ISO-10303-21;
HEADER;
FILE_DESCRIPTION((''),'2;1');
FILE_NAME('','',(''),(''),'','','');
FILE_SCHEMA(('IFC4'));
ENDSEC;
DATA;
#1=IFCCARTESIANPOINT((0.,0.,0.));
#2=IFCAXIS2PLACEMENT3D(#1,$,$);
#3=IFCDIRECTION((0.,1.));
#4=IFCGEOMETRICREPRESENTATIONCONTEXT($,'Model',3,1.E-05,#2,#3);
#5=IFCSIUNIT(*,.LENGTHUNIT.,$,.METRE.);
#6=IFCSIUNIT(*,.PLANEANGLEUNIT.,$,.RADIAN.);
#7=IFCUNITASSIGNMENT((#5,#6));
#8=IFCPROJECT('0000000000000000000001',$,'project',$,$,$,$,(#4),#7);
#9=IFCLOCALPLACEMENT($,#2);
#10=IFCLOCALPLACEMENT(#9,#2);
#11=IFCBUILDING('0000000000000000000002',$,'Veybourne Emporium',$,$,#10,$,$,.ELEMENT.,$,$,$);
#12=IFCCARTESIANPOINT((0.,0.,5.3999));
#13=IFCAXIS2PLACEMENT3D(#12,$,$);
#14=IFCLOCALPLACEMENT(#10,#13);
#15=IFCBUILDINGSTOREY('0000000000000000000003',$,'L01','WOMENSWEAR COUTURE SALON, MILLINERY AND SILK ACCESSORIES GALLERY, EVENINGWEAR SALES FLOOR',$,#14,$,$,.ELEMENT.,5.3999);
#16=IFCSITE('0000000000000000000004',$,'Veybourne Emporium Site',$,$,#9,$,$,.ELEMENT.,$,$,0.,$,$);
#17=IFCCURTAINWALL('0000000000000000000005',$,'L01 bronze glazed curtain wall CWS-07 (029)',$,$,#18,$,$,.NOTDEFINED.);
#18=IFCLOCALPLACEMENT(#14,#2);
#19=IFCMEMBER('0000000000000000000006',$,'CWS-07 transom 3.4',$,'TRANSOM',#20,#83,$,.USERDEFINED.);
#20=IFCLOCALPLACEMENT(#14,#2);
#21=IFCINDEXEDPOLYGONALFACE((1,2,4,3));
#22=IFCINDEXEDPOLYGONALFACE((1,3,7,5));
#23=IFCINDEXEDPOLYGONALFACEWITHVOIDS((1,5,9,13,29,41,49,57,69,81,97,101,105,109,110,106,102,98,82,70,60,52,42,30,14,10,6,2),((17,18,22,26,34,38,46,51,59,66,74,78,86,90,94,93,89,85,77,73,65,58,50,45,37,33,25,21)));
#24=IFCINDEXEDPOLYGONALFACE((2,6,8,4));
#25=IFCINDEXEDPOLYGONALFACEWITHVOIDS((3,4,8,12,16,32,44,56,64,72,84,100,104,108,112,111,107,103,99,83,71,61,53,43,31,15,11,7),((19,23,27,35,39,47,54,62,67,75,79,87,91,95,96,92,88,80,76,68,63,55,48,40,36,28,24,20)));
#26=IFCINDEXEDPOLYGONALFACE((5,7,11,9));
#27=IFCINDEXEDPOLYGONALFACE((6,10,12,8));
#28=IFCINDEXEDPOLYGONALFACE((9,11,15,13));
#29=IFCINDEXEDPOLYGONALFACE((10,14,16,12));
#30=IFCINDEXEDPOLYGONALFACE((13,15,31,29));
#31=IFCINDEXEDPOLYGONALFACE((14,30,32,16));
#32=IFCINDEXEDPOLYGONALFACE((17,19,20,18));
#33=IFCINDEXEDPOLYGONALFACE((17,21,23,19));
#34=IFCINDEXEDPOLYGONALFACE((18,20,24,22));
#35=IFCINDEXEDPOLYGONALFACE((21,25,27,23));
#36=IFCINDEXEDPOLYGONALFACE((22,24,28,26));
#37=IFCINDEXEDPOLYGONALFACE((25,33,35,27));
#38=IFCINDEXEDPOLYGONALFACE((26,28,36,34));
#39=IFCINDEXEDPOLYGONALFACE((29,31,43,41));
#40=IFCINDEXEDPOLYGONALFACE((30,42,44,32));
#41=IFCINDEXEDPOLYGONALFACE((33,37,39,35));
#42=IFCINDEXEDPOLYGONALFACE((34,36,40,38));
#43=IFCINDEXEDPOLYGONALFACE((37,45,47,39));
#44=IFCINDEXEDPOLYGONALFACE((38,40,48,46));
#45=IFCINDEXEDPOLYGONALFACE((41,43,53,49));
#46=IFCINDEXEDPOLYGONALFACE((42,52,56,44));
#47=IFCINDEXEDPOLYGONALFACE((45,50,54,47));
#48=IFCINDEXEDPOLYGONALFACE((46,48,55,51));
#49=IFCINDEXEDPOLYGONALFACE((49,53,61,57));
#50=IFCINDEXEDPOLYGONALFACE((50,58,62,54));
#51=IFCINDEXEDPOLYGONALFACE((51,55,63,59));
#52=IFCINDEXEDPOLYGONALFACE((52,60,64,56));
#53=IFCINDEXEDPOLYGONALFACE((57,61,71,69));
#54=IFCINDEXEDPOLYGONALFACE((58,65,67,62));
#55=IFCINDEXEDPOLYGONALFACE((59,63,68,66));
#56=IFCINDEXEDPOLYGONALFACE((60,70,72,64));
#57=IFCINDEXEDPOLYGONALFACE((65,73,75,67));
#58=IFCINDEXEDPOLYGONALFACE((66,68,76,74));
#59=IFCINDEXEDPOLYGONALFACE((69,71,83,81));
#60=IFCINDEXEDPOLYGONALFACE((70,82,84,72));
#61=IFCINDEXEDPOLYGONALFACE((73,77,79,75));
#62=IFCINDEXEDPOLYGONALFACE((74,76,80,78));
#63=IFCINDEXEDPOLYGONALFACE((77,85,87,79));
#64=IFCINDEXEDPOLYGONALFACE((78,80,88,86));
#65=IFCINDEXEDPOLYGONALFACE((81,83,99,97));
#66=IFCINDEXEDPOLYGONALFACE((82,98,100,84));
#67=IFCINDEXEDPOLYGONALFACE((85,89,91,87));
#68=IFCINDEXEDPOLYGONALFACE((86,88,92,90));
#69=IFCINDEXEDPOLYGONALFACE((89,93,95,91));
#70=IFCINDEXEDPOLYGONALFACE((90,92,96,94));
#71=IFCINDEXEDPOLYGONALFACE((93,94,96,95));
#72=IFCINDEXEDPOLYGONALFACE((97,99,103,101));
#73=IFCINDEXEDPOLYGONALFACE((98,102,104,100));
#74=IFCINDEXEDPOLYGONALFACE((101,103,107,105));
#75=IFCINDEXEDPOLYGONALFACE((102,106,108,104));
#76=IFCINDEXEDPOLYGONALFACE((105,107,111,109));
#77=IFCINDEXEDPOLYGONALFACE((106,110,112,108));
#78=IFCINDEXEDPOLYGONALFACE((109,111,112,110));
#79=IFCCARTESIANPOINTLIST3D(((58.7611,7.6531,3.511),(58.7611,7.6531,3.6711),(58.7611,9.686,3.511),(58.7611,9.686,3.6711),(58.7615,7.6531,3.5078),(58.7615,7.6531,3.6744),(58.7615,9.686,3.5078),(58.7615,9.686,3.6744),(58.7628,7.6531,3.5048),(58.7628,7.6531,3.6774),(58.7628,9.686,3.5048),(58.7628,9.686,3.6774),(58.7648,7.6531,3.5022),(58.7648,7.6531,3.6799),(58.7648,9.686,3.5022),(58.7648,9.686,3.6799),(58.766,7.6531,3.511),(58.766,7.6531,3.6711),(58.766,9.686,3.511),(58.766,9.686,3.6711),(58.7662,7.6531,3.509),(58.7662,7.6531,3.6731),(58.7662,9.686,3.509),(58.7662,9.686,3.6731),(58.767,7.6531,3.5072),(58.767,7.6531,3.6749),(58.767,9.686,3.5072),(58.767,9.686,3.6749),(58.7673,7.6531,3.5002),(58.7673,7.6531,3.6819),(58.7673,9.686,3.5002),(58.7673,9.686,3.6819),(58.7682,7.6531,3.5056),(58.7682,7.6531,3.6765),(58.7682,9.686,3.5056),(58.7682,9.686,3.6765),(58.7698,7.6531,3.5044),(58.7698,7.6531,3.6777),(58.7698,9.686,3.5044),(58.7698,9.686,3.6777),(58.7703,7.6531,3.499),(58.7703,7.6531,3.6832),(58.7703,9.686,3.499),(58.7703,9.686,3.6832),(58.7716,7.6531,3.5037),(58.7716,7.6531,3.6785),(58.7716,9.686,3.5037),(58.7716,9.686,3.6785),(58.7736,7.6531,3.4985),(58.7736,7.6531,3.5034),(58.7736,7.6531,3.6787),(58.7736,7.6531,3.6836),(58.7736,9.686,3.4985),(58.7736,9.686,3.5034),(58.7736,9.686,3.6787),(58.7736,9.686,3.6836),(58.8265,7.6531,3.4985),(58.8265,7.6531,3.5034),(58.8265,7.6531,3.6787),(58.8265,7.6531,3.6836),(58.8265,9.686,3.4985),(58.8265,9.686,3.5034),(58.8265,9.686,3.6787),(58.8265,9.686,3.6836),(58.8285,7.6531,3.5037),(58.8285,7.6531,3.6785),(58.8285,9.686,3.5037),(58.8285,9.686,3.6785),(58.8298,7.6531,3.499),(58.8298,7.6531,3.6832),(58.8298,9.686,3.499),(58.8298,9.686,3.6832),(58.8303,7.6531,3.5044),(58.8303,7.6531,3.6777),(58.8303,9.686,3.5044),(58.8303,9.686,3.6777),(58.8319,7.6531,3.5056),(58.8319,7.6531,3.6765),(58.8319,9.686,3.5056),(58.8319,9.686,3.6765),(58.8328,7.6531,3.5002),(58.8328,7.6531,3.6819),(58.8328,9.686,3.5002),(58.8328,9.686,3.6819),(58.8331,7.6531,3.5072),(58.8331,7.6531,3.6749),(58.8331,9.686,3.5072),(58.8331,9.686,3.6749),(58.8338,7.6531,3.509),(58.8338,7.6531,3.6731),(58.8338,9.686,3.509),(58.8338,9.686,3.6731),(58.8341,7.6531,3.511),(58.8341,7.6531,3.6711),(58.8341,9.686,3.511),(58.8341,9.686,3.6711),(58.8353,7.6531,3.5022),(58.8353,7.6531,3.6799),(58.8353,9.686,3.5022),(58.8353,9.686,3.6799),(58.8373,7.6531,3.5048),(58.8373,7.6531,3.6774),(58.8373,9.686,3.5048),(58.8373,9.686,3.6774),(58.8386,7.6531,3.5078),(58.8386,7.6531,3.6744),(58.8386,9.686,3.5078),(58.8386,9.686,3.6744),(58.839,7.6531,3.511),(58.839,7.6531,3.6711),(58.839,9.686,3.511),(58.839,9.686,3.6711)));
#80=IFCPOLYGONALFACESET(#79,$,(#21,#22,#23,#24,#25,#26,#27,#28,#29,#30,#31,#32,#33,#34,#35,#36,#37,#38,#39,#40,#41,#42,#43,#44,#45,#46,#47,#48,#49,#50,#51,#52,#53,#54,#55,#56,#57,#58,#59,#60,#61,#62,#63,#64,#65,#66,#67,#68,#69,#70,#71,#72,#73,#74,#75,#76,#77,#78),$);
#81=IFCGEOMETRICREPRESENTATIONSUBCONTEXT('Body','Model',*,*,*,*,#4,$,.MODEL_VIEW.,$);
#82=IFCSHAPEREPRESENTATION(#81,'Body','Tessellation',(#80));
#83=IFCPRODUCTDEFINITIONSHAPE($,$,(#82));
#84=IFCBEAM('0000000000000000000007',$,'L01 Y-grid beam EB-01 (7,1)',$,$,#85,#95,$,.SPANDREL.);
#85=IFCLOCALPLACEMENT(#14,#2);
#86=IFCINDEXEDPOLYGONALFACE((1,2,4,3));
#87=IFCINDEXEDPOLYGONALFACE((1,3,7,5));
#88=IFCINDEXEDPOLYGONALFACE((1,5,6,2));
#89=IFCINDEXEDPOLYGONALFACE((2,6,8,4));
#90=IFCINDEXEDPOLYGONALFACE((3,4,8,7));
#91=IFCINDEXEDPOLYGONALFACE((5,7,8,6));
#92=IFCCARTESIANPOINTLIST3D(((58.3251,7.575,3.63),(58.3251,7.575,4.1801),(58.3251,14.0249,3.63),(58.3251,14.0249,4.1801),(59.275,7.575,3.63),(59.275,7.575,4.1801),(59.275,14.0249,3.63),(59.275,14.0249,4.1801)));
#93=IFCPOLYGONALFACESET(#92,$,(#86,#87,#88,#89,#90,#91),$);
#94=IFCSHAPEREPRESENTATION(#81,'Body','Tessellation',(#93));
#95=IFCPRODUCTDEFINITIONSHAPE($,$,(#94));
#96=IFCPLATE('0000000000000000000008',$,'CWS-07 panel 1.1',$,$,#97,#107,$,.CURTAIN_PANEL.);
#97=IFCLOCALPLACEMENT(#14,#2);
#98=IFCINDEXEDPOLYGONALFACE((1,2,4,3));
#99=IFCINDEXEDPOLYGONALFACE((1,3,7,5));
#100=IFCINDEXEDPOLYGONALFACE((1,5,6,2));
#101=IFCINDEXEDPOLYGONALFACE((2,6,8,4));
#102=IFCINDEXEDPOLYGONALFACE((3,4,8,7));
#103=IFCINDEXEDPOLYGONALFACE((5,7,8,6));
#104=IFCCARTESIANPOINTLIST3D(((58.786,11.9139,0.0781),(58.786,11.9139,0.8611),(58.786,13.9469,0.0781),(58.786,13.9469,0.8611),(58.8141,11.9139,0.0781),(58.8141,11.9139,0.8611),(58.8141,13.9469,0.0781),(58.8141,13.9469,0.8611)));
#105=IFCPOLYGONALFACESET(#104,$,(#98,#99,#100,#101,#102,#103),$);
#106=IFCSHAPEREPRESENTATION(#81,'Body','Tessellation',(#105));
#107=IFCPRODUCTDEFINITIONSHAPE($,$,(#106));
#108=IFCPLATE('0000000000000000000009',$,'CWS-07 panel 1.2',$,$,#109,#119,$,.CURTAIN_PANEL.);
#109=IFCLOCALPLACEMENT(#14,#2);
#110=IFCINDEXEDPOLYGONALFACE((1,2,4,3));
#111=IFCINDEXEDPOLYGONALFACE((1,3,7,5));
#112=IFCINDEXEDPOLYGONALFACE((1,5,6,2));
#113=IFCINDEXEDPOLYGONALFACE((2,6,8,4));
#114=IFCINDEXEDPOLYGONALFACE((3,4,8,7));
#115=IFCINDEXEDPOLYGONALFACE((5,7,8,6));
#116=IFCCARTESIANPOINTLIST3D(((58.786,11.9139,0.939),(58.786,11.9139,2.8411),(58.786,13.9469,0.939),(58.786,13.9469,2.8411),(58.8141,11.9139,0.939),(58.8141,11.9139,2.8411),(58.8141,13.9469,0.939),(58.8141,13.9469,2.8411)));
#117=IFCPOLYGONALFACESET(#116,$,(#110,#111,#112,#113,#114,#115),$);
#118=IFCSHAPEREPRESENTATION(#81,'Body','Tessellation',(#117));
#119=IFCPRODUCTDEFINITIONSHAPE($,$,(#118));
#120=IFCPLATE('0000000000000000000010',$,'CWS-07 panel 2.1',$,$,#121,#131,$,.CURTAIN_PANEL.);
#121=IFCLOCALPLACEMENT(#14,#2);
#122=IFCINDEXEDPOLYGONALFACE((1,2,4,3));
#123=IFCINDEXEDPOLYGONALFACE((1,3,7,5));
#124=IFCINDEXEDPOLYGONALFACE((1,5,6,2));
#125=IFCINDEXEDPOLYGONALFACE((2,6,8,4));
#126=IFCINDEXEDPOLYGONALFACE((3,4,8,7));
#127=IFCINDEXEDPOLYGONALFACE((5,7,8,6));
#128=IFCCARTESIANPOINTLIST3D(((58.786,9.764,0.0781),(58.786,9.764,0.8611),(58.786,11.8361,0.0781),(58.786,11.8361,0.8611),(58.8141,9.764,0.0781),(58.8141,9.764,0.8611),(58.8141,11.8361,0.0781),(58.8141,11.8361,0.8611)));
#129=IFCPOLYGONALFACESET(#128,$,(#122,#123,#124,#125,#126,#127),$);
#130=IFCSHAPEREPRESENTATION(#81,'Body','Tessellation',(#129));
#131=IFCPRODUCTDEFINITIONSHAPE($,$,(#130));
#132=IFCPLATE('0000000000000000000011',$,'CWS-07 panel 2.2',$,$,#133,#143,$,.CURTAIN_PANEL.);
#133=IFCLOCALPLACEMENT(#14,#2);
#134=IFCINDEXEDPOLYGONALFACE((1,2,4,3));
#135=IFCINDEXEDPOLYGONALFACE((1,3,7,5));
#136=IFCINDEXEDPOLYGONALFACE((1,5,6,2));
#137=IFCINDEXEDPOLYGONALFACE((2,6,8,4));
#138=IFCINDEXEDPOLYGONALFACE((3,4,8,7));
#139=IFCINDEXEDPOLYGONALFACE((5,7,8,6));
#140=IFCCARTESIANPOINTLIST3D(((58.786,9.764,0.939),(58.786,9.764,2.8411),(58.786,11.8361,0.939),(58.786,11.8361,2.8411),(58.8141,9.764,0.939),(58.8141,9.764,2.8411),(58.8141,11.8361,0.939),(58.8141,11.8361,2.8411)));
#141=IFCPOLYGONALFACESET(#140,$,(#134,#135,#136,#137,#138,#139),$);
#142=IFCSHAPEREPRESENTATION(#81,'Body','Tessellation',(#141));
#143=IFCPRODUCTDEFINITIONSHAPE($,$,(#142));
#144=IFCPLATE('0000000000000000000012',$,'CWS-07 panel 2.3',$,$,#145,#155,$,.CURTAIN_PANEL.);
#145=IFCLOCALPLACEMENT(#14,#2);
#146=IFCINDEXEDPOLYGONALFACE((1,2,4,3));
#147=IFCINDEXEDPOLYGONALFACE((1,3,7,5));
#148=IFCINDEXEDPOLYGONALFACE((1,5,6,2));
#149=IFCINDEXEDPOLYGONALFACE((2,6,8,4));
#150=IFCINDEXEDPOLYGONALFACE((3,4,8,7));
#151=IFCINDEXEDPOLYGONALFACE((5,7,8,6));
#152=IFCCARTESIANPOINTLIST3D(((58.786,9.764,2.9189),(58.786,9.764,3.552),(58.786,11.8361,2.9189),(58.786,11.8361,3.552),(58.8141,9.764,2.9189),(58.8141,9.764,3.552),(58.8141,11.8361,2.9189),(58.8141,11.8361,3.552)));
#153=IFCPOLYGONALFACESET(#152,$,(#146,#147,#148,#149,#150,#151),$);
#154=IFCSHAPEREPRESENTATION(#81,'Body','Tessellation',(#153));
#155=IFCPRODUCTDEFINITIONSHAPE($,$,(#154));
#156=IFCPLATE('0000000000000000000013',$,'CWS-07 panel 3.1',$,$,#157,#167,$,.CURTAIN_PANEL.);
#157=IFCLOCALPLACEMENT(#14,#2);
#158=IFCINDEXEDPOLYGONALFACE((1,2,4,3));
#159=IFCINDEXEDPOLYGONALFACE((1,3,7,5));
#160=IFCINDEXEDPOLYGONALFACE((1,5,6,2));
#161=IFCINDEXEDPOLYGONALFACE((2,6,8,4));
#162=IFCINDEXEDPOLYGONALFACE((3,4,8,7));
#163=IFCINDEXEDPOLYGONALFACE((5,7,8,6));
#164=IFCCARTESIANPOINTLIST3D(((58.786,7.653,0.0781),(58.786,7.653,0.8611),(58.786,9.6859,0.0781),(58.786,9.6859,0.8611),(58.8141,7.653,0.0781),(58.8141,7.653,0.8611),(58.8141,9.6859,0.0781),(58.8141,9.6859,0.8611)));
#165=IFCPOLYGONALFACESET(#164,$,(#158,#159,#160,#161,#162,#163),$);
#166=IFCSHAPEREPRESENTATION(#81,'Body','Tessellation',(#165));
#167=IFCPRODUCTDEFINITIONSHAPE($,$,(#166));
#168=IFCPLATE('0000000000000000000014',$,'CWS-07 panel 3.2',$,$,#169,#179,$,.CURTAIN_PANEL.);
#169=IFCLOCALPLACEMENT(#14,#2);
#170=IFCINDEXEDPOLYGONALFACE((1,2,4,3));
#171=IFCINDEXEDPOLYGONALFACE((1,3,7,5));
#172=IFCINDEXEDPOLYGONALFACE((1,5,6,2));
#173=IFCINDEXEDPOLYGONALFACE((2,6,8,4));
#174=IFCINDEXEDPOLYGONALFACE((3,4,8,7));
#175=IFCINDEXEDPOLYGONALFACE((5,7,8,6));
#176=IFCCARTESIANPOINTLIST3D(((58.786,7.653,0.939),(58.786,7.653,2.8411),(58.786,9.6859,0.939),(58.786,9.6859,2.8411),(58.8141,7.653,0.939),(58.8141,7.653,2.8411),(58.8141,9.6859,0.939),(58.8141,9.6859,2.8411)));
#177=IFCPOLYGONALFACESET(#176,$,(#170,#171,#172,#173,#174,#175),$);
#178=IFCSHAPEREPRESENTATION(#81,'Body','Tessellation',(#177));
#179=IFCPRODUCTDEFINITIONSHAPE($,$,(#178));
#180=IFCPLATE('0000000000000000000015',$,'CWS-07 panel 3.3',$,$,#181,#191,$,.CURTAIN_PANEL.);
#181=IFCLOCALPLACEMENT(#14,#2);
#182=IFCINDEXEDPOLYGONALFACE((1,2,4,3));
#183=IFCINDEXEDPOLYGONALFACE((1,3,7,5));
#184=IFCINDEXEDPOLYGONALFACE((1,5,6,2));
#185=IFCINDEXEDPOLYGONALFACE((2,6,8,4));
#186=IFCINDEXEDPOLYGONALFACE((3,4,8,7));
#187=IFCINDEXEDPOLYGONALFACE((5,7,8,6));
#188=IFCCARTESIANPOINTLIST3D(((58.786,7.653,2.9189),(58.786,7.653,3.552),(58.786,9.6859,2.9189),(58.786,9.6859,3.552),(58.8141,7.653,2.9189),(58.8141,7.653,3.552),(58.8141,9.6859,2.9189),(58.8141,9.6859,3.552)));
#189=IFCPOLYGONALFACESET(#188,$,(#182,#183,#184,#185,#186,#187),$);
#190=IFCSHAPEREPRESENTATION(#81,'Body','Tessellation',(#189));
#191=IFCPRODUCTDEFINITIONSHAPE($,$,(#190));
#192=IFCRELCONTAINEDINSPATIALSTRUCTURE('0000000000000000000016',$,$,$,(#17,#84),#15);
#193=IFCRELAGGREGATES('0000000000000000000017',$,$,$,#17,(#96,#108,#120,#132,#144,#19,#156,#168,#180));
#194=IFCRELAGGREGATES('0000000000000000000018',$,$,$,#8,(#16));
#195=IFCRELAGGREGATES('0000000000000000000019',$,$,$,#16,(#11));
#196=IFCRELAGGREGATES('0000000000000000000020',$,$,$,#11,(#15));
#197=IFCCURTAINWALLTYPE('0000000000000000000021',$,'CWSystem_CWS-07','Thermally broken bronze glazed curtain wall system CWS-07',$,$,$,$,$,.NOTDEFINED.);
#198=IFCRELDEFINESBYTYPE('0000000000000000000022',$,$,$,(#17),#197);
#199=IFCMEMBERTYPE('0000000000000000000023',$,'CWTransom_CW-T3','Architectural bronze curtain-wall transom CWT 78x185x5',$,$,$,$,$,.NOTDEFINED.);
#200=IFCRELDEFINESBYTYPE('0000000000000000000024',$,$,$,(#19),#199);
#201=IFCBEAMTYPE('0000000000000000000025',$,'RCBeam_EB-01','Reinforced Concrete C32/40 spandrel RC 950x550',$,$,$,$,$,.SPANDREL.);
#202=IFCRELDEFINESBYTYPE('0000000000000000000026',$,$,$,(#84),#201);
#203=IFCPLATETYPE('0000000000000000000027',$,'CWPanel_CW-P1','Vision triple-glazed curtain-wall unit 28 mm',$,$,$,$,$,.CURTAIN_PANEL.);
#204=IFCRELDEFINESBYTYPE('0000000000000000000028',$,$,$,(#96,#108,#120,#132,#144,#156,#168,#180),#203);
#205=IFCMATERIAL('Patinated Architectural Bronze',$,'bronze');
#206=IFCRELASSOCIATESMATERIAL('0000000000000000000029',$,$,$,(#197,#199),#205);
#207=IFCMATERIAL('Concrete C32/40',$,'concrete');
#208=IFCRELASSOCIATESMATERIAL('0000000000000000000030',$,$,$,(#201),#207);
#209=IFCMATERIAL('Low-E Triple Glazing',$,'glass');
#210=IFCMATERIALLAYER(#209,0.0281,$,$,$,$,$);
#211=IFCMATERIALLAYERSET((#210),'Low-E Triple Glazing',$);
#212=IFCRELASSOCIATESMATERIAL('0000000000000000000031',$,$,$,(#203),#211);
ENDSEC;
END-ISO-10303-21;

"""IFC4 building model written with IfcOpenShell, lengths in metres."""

from ifc_helpers import new_model, si_unit, direction, frame, origin, origin_2d, place, context, subcontext, project, spatial, rectangle, hollow_rectangle, extrude, material, layer, layer_set, material_profile, profile_set, type_object, element, aggregate, save


model = new_model("IFC4")

# Units and contexts
model_context = context("Model", 3, precision=1e-05, world=origin(), true_north=direction((0.0, 1.0)))
body_context = subcontext(model_context, "Body", "Model", "MODEL_VIEW")
ifc_project = project(units=[si_unit("LENGTHUNIT", "METRE"), si_unit("PLANEANGLEUNIT", "RADIAN")], contexts=[model_context])

# Site, building, storey
site_placement = place(None, origin())
site = spatial("IfcSite", under=ifc_project, at=site_placement, Name="Veybourne Emporium Site", CompositionType="ELEMENT", RefElevation=0.0)
building_placement = place(site_placement, origin())
building = spatial("IfcBuilding", under=site, at=building_placement, Name="Veybourne Emporium", CompositionType="ELEMENT")
storey_placement = place(building_placement, frame((0.0, 0.0, 5.3999)))
storey = spatial("IfcBuildingStorey", under=building, at=storey_placement, Name="L01", Description="WOMENSWEAR COUTURE SALON, MILLINERY AND SILK ACCESSORIES GALLERY, EVENINGWEAR SALES FLOOR", CompositionType="ELEMENT", Elevation=5.3999)

# Curtain wall, member
ifc_material_1 = material(Name="Patinated Architectural Bronze", Category="bronze")
curtain_wall_type = type_object("IfcCurtainWallType", Name="CWSystem_CWS-07", Description="Thermally broken bronze glazed curtain wall system CWS-07", PredefinedType="NOTDEFINED", material=ifc_material_1)
curtain_wall_placement = place(storey_placement, origin())
curtain_wall = element("IfcCurtainWall", 1, at=curtain_wall_placement, inside=storey, type_object=curtain_wall_type, Name="L01 bronze glazed curtain wall CWS-07 (029)", PredefinedType="NOTDEFINED")
ifc_material_profile_1 = material_profile(ifc_material_1, hollow_rectangle(XDim=0.0779, YDim=0.1851, WallThickness=0.0049, InnerFilletRadius=0.0076, OuterFilletRadius=0.0125, at=origin_2d()), Name="CWT 78x185x5")
ifc_profile_set_1 = profile_set([ifc_material_profile_1], Name="Patinated Architectural Bronze")
member_type_1 = type_object("IfcMemberType", Name="CWTransom_CW-T3", Description="Architectural bronze curtain-wall transom CWT 78x185x5", PredefinedType="NOTDEFINED", material=ifc_profile_set_1)
member_1_placement = place(storey_placement, frame((58.8, 9.686, 3.5911), z_axis=(0.0, -1.0, 0.0), x_axis=(1.0, 0.0, 0.0)))
member_1 = element("IfcMember", 2, at=member_1_placement, type_object=member_type_1, Name="CWS-07 transom 3.4", ObjectType="TRANSOM", PredefinedType="USERDEFINED", context=body_context, shape_type="SweptSolid", body=[
    extrude(hollow_rectangle(XDim=0.0779, YDim=0.1851, WallThickness=0.0049, InnerFilletRadius=0.0076, OuterFilletRadius=0.0125, at=origin_2d()), origin(), (0.0, 0.0, 1.0), 2.033),
])

# Beam
ifc_material_2 = material(Name="Concrete C32/40", Category="concrete")
ifc_material_profile_2 = material_profile(ifc_material_2, rectangle(XDim=0.95, YDim=0.55, at=origin_2d()), Name="RC 950x550")
ifc_profile_set_2 = profile_set([ifc_material_profile_2], Name="Concrete C32/40")
beam_type = type_object("IfcBeamType", Name="RCBeam_EB-01", Description="Reinforced Concrete C32/40 spandrel RC 950x550", PredefinedType="SPANDREL", material=ifc_profile_set_2)
beam_placement = place(storey_placement, frame((58.8, 7.575, 3.905), z_axis=(0.0, 1.0, 0.0), x_axis=(-1.0, 0.0, 0.0)))
element("IfcBeam", 3, at=beam_placement, inside=storey, type_object=beam_type, Name="L01 Y-grid beam EB-01 (7,1)", PredefinedType="SPANDREL", context=body_context, shape_type="SweptSolid", body=[
    extrude(rectangle(XDim=0.95, YDim=0.55, at=origin_2d()), origin(), (0.0, 0.0, 1.0), 6.45),
])

# Plates
ifc_material_3 = material(Name="Low-E Triple Glazing", Category="glass")
ifc_layer_1 = layer(ifc_material_3, 0.0281)
ifc_layer_set_1 = layer_set([ifc_layer_1], Name="Low-E Triple Glazing")
plate_type = type_object("IfcPlateType", Name="CWPanel_CW-P1", Description="Vision triple-glazed curtain-wall unit 28 mm", PredefinedType="CURTAIN_PANEL", material=ifc_layer_set_1)
plate_1_placement = place(storey_placement, frame((58.8, 12.9304, 0.0781), z_axis=(0.0, 0.0, 1.0), x_axis=(0.0, -1.0, 0.0)))
plate_1 = element("IfcPlate", 4, at=plate_1_placement, type_object=plate_type, Name="CWS-07 panel 1.1", PredefinedType="CURTAIN_PANEL", context=body_context, shape_type="SweptSolid", body=[
    extrude(rectangle(XDim=2.033, YDim=0.0281, at=origin_2d()), origin(), (0.0, 0.0, 1.0), 0.783),
])
plate_2_placement = place(storey_placement, frame((58.8, 12.9304, 0.939), z_axis=(0.0, 0.0, 1.0), x_axis=(0.0, -1.0, 0.0)))
plate_2 = element("IfcPlate", 5, at=plate_2_placement, type_object=plate_type, Name="CWS-07 panel 1.2", PredefinedType="CURTAIN_PANEL", context=body_context, shape_type="SweptSolid", body=[
    extrude(rectangle(XDim=2.033, YDim=0.0281, at=origin_2d()), origin(), (0.0, 0.0, 1.0), 1.9021),
])
plate_3_placement = place(storey_placement, frame((58.8, 10.8, 0.0781), z_axis=(0.0, 0.0, 1.0), x_axis=(0.0, -1.0, 0.0)))
plate_3 = element("IfcPlate", 6, at=plate_3_placement, type_object=plate_type, Name="CWS-07 panel 2.1", PredefinedType="CURTAIN_PANEL", context=body_context, shape_type="SweptSolid", body=[
    extrude(rectangle(XDim=2.072, YDim=0.0281, at=origin_2d()), origin(), (0.0, 0.0, 1.0), 0.783),
])
plate_4_placement = place(storey_placement, frame((58.8, 10.8, 0.939), z_axis=(0.0, 0.0, 1.0), x_axis=(0.0, -1.0, 0.0)))
plate_4 = element("IfcPlate", 7, at=plate_4_placement, type_object=plate_type, Name="CWS-07 panel 2.2", PredefinedType="CURTAIN_PANEL", context=body_context, shape_type="SweptSolid", body=[
    extrude(rectangle(XDim=2.072, YDim=0.0281, at=origin_2d()), origin(), (0.0, 0.0, 1.0), 1.9021),
])
plate_5_placement = place(storey_placement, frame((58.8, 10.8, 2.9189), z_axis=(0.0, 0.0, 1.0), x_axis=(0.0, -1.0, 0.0)))
plate_5 = element("IfcPlate", 8, at=plate_5_placement, type_object=plate_type, Name="CWS-07 panel 2.3", PredefinedType="CURTAIN_PANEL", context=body_context, shape_type="SweptSolid", body=[
    extrude(rectangle(XDim=2.072, YDim=0.0281, at=origin_2d()), origin(), (0.0, 0.0, 1.0), 0.6331),
])
plate_6_placement = place(storey_placement, frame((58.8, 8.6694, 0.0781), z_axis=(0.0, 0.0, 1.0), x_axis=(0.0, -1.0, 0.0)))
plate_6 = element("IfcPlate", 9, at=plate_6_placement, type_object=plate_type, Name="CWS-07 panel 3.1", PredefinedType="CURTAIN_PANEL", context=body_context, shape_type="SweptSolid", body=[
    extrude(rectangle(XDim=2.033, YDim=0.0281, at=origin_2d()), origin(), (0.0, 0.0, 1.0), 0.783),
])
plate_7_placement = place(storey_placement, frame((58.8, 8.6694, 0.939), z_axis=(0.0, 0.0, 1.0), x_axis=(0.0, -1.0, 0.0)))
plate_7 = element("IfcPlate", 10, at=plate_7_placement, type_object=plate_type, Name="CWS-07 panel 3.2", PredefinedType="CURTAIN_PANEL", context=body_context, shape_type="SweptSolid", body=[
    extrude(rectangle(XDim=2.033, YDim=0.0281, at=origin_2d()), origin(), (0.0, 0.0, 1.0), 1.9021),
])
plate_8_placement = place(storey_placement, frame((58.8, 8.6694, 2.9189), z_axis=(0.0, 0.0, 1.0), x_axis=(0.0, -1.0, 0.0)))
plate_8 = element("IfcPlate", 11, at=plate_8_placement, type_object=plate_type, Name="CWS-07 panel 3.3", PredefinedType="CURTAIN_PANEL", context=body_context, shape_type="SweptSolid", body=[
    extrude(rectangle(XDim=2.033, YDim=0.0281, at=origin_2d()), origin(), (0.0, 0.0, 1.0), 0.6331),
])
aggregate(curtain_wall, [plate_1, plate_2, plate_3, plate_4, plate_5, member_1, plate_6, plate_7, plate_8])

save(model, "model.ifc")
